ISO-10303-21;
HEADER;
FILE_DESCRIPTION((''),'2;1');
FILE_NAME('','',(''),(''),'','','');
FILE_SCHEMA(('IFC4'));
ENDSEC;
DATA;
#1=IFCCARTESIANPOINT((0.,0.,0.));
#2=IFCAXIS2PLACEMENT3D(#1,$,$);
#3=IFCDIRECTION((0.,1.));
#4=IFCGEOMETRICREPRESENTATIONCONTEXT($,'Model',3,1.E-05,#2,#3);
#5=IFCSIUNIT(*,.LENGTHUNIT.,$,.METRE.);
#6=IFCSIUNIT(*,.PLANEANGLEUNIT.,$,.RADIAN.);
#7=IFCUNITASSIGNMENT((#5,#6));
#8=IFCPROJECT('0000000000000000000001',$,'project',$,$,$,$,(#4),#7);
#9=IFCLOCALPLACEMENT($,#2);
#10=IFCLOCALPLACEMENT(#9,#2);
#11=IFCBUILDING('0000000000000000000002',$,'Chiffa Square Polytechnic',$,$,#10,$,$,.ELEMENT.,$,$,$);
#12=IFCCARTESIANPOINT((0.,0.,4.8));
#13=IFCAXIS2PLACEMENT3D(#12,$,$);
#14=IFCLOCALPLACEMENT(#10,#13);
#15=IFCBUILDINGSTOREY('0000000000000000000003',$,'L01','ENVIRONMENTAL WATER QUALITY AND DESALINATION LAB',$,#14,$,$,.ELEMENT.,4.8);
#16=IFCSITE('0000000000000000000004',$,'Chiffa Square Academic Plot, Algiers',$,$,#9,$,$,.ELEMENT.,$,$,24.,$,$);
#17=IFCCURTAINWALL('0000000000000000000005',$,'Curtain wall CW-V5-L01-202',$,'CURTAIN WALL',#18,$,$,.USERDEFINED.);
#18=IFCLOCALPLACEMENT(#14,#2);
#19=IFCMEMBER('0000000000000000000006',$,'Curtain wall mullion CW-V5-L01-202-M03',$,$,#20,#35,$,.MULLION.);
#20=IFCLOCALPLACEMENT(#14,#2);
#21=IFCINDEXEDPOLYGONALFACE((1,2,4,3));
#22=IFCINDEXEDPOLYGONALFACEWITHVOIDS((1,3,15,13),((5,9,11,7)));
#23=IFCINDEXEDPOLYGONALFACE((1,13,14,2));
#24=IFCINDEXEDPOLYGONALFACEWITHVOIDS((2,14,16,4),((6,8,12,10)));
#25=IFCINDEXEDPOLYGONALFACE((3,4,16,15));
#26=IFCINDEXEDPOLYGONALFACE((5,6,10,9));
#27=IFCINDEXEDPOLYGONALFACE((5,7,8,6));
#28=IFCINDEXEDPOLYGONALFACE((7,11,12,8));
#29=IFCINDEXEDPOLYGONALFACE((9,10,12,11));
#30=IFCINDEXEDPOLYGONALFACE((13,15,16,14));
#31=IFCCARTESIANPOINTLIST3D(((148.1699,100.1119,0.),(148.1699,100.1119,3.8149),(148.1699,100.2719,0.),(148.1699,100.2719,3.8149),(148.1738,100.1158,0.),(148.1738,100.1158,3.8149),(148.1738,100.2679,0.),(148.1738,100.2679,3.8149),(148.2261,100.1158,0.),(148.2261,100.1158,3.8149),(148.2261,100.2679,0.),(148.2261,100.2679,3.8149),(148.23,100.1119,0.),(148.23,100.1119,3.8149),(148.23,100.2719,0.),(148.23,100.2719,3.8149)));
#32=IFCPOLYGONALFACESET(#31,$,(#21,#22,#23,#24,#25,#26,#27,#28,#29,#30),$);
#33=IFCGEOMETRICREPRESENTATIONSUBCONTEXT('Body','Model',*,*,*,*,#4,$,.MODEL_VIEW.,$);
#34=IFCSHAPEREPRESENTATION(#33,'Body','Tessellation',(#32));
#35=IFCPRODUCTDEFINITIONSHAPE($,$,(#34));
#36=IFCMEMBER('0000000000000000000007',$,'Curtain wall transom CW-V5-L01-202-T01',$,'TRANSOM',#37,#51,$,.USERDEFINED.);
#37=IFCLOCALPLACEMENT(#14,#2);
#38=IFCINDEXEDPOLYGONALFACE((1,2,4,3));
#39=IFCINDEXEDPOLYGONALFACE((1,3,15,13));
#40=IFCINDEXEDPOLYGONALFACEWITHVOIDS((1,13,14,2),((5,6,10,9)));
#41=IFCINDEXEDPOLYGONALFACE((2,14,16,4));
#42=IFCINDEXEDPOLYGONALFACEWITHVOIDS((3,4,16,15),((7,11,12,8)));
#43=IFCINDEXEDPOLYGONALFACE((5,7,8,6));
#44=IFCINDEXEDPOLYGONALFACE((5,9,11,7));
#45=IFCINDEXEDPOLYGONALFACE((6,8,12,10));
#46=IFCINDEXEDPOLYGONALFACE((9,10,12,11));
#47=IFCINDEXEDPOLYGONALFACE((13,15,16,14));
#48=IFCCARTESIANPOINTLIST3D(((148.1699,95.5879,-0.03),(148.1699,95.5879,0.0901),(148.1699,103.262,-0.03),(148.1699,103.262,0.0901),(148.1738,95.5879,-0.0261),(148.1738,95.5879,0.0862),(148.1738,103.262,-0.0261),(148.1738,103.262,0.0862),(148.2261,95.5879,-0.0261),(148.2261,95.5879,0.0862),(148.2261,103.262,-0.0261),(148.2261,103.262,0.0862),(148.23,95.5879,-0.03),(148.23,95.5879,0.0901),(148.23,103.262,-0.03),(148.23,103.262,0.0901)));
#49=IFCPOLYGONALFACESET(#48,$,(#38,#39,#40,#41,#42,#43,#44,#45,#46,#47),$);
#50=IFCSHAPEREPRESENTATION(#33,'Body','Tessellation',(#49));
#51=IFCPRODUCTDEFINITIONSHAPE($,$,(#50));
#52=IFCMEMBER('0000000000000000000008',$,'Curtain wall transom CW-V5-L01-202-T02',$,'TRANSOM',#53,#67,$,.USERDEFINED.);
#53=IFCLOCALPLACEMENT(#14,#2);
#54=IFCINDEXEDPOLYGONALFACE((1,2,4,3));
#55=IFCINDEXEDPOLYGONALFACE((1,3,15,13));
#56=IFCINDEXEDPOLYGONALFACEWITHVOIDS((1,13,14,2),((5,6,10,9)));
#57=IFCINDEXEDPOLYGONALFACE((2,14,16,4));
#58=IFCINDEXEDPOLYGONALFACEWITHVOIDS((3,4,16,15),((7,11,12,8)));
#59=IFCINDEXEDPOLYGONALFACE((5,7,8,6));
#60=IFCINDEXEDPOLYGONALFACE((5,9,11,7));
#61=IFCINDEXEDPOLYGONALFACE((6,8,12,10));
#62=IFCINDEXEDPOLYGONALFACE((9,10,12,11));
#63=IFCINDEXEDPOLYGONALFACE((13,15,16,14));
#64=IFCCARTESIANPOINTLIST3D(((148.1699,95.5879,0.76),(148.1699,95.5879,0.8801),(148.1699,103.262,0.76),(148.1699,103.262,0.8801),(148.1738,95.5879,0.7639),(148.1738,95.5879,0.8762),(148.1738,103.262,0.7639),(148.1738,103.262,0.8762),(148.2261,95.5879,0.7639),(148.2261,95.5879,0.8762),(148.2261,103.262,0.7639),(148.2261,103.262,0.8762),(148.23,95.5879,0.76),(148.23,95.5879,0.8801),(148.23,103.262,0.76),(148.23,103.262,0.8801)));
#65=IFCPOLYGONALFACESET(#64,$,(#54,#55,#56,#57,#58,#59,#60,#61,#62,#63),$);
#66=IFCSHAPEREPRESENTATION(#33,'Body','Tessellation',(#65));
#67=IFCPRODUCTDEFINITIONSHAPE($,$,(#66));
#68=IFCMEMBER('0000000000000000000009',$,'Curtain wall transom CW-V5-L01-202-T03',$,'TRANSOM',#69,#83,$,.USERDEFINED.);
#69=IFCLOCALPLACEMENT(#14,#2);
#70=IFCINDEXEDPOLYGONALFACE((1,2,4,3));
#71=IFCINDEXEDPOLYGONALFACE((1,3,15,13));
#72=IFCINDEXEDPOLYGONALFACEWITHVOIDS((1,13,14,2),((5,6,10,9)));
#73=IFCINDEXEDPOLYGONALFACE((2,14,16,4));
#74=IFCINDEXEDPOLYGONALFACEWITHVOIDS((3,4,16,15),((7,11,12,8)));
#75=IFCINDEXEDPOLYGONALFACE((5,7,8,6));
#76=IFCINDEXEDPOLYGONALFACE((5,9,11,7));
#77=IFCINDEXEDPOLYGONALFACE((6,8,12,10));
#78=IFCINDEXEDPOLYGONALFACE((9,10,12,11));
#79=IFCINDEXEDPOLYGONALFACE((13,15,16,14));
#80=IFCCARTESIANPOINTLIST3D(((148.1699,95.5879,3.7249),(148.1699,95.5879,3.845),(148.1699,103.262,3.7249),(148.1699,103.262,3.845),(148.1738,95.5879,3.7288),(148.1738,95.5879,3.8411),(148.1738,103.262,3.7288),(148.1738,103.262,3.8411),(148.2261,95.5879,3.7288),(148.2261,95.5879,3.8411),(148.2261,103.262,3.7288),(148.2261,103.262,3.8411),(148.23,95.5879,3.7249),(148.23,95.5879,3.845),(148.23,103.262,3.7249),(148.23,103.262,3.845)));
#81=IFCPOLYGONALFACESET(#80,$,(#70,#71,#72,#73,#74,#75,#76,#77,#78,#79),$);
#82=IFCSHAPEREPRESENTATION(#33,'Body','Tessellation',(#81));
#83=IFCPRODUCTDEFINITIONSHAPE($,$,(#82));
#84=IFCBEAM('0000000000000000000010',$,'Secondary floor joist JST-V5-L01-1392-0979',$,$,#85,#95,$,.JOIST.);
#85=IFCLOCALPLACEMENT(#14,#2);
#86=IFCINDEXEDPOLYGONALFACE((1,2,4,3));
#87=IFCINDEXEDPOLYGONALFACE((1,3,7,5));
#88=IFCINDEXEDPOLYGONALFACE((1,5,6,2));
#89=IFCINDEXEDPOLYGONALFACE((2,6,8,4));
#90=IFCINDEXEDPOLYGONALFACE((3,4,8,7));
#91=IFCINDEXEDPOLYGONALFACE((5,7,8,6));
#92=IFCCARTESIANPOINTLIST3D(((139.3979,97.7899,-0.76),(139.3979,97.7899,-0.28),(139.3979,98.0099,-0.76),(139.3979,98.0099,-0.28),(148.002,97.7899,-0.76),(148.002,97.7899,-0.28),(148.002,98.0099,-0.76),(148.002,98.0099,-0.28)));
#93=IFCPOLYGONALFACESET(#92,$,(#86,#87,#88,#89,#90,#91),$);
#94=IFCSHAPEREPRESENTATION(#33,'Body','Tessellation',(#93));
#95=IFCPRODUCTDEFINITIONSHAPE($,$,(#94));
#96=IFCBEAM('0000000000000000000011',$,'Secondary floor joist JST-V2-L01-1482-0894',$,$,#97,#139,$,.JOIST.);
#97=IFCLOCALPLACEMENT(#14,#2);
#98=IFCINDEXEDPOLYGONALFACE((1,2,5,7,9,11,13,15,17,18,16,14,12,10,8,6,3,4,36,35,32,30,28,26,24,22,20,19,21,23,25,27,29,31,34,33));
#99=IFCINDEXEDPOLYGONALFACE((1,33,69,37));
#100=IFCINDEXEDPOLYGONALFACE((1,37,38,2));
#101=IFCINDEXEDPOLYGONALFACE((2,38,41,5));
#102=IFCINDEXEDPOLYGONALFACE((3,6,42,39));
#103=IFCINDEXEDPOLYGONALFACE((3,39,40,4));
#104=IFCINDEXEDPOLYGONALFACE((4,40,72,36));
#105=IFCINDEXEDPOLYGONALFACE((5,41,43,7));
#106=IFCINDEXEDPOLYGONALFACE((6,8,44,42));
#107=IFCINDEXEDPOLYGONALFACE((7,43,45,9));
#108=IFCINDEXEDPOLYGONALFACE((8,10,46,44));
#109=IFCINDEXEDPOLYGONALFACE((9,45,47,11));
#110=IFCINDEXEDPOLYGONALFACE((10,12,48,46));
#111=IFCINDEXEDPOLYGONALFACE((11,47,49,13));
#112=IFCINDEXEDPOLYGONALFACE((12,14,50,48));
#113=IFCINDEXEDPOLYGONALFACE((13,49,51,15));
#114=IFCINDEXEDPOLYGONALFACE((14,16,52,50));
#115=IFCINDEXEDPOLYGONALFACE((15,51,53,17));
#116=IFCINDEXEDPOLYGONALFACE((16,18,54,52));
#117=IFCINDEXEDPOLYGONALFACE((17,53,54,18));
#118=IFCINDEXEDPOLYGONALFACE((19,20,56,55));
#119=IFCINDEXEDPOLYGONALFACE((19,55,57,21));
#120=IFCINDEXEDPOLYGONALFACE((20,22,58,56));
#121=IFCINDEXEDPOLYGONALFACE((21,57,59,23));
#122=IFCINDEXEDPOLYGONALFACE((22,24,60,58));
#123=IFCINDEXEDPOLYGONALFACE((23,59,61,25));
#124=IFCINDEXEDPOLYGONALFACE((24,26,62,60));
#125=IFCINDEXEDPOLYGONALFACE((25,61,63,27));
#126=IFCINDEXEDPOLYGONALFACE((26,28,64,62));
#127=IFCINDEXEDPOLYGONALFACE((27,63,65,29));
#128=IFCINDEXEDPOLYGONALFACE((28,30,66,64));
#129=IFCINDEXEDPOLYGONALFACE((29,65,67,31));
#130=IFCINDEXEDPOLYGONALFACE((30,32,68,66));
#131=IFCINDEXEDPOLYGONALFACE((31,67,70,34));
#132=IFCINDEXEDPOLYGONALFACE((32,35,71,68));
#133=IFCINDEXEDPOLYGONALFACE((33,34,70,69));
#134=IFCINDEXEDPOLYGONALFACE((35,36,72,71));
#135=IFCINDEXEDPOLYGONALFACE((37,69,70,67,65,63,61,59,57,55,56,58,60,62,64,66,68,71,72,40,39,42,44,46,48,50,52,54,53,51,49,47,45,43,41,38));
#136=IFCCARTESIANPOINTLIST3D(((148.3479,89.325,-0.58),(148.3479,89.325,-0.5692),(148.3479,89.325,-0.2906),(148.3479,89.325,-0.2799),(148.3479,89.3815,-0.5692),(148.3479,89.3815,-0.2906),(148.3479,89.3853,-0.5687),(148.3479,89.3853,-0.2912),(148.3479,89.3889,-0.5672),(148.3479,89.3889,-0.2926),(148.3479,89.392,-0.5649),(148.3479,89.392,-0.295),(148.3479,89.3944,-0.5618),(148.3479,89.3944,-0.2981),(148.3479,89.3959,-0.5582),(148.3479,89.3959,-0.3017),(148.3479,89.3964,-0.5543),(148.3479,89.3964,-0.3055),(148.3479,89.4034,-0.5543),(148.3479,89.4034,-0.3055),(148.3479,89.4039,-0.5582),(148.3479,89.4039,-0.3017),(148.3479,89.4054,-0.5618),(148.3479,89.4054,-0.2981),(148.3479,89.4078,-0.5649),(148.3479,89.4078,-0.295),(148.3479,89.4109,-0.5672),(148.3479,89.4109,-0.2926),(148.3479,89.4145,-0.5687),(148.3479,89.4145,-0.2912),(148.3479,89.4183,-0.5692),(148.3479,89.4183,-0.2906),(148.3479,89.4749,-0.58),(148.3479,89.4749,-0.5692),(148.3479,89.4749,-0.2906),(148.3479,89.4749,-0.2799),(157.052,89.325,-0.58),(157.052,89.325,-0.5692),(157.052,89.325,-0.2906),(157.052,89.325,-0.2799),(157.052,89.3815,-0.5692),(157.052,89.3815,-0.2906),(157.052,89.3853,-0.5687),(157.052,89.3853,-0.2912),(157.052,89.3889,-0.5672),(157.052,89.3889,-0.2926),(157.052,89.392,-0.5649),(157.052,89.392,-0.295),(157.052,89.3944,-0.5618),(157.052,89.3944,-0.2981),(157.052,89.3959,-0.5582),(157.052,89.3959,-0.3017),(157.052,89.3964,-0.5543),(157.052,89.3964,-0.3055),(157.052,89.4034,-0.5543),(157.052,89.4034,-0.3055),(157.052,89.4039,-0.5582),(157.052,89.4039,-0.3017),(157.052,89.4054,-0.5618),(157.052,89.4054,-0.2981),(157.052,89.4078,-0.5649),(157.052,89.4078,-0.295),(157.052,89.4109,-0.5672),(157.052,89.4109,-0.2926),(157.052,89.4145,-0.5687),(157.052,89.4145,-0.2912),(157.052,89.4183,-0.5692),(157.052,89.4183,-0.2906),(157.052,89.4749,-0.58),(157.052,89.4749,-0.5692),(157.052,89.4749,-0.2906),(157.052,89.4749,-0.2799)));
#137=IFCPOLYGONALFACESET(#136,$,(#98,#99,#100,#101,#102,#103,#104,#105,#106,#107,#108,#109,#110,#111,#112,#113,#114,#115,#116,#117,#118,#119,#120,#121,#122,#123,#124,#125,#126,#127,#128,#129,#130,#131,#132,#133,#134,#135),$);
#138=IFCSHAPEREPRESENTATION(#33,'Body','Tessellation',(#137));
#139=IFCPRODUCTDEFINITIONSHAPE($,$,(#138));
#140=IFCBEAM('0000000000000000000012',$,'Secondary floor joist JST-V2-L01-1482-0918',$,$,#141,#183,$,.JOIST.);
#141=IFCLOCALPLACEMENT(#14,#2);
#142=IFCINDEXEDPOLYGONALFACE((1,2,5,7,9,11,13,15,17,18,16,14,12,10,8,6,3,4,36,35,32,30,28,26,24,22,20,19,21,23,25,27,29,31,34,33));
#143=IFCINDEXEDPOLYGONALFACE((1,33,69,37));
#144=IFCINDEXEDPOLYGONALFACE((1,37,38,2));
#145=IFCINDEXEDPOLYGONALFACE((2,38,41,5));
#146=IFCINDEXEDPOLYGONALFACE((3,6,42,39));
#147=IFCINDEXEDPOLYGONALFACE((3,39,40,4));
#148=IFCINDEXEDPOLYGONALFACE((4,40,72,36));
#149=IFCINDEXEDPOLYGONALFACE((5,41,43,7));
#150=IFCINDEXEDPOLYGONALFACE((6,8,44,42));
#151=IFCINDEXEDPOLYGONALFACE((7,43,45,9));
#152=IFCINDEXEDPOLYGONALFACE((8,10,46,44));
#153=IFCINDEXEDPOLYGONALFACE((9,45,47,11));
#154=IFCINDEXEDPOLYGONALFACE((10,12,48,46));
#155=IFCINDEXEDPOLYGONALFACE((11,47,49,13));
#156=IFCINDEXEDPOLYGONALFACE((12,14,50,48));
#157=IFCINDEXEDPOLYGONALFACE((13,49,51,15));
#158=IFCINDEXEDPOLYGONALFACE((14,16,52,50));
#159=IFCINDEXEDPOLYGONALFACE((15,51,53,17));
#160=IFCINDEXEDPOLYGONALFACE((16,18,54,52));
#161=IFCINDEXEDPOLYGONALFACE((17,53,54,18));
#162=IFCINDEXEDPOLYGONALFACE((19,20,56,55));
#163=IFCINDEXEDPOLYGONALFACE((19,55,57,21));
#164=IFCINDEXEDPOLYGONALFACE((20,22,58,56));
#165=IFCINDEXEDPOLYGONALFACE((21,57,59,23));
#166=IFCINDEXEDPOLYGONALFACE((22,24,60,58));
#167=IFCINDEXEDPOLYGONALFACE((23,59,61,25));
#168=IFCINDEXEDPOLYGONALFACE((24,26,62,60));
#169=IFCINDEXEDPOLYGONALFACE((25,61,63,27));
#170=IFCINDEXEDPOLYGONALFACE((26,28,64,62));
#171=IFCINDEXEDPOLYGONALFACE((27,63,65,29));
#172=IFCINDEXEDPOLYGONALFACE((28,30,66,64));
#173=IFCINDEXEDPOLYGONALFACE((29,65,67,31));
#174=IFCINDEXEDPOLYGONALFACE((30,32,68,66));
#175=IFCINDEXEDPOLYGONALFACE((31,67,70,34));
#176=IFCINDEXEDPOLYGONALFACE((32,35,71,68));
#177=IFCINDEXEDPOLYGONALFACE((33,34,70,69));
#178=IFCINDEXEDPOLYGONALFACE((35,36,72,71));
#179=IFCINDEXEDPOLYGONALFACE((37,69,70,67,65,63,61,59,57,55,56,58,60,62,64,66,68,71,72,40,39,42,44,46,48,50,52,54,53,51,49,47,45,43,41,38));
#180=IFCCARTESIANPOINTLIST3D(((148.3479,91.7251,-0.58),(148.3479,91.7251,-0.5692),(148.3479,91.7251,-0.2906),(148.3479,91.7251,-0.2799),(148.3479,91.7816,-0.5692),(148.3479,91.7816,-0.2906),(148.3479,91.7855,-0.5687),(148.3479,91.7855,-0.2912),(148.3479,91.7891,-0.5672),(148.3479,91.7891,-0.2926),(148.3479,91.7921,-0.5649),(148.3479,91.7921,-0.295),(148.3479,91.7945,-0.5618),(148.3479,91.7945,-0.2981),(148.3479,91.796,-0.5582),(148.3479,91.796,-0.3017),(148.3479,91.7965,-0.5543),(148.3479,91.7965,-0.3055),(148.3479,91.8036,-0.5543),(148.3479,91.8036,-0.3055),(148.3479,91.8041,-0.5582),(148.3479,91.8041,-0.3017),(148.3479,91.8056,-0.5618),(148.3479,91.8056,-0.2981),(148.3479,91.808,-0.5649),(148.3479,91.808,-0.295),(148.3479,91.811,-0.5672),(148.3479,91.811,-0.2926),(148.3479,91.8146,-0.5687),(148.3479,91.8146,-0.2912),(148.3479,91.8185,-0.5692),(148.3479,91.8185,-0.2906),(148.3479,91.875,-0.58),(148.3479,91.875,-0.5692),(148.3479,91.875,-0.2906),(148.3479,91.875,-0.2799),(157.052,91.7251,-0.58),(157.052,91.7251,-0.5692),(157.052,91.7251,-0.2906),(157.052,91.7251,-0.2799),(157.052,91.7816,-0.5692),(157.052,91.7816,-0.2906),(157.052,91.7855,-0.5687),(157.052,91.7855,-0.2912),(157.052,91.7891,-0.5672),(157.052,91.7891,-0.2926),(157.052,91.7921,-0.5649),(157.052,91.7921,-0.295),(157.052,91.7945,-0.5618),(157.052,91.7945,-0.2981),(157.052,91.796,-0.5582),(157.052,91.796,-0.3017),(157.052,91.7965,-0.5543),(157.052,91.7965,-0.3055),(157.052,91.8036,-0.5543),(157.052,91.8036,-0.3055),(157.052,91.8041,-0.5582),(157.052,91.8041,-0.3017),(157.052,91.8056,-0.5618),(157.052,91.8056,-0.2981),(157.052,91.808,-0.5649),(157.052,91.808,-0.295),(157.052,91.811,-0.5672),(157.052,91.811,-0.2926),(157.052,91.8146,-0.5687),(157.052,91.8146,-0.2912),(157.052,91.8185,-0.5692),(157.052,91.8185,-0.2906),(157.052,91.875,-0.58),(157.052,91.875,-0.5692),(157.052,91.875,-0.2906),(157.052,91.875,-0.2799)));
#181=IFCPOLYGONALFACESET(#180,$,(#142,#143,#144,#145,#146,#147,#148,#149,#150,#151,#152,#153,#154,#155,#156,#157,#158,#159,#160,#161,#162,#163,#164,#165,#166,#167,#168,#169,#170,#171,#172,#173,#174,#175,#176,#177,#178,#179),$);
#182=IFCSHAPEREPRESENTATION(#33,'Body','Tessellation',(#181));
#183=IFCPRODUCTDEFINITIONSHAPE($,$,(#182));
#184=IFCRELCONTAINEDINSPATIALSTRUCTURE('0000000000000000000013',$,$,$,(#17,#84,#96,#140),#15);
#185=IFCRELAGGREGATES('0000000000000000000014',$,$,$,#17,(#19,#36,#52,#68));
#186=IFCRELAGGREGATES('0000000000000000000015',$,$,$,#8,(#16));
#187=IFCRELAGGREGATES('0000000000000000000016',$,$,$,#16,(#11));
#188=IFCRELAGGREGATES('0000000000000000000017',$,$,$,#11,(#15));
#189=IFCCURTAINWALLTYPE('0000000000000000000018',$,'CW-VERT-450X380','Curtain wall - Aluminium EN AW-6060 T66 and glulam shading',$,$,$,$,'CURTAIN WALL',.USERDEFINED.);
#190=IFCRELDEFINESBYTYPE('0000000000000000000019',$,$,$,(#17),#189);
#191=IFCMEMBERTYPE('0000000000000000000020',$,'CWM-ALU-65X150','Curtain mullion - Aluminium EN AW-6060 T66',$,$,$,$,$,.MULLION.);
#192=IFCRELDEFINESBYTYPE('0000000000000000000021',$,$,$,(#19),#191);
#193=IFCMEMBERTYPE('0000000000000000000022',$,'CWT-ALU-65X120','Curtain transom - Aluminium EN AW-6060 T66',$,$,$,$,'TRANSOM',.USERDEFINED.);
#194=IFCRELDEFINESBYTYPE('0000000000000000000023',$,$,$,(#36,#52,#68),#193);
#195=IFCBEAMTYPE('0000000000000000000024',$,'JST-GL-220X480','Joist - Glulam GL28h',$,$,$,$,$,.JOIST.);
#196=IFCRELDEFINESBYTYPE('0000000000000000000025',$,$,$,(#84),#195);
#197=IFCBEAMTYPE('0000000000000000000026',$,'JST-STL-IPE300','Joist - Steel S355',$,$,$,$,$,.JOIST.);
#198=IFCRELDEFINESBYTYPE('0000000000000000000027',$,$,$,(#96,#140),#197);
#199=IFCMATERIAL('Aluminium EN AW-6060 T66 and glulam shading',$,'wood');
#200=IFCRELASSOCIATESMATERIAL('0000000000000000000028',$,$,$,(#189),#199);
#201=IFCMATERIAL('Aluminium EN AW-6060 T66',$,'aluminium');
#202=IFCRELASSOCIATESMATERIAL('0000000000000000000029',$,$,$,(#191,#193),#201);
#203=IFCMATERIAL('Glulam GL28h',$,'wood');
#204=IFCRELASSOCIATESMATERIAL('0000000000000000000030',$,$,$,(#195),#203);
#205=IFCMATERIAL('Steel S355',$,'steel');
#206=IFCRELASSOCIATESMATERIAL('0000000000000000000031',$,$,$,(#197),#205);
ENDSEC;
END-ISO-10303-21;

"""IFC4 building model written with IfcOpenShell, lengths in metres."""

from ifc_helpers import new_model, si_unit, direction, frame, origin, origin_2d, place, context, subcontext, project, spatial, rectangle, hollow_rectangle, i_section, extrude, material, material_profile, profile_set, type_object, element, aggregate, save


model = new_model("IFC4")

# Units and contexts
model_context = context("Model", 3, precision=1e-05, world=origin(), true_north=direction((0.0, 1.0)))
body_context = subcontext(model_context, "Body", "Model", "MODEL_VIEW")
ifc_project = project(units=[si_unit("LENGTHUNIT", "METRE"), si_unit("PLANEANGLEUNIT", "RADIAN")], contexts=[model_context])

# Site, building, storey
site_placement = place(None, origin())
site = spatial("IfcSite", under=ifc_project, at=site_placement, Name="Chiffa Square Academic Plot, Algiers", CompositionType="ELEMENT", RefElevation=24.0)
building_placement = place(site_placement, origin())
building = spatial("IfcBuilding", under=site, at=building_placement, Name="Chiffa Square Polytechnic", CompositionType="ELEMENT")
storey_placement = place(building_placement, frame((0.0, 0.0, 4.8)))
storey = spatial("IfcBuildingStorey", under=building, at=storey_placement, Name="L01", Description="ENVIRONMENTAL WATER QUALITY AND DESALINATION LAB", CompositionType="ELEMENT", Elevation=4.8)

# Shared definitions
ifc_material_1 = material(Name="Steel S355", Category="steel")

# Curtain wall, members
ifc_material_2 = material(Name="Aluminium EN AW-6060 T66 and glulam shading", Category="wood")
curtain_wall_type = type_object("IfcCurtainWallType", Name="CW-VERT-450X380", Description="Curtain wall - Aluminium EN AW-6060 T66 and glulam shading", ElementType="CURTAIN WALL", PredefinedType="USERDEFINED", material=ifc_material_2)
curtain_wall_placement = place(storey_placement, origin())
curtain_wall = element("IfcCurtainWall", 1, at=curtain_wall_placement, inside=storey, type_object=curtain_wall_type, Name="Curtain wall CW-V5-L01-202", ObjectType="CURTAIN WALL", PredefinedType="USERDEFINED")
ifc_material_3 = material(Name="Aluminium EN AW-6060 T66", Category="aluminium")
ifc_material_profile_1 = material_profile(ifc_material_3, hollow_rectangle(XDim=0.0601, YDim=0.1599, WallThickness=0.0039, at=origin_2d()), Name="ALU 60x160x4")
ifc_profile_set_1 = profile_set([ifc_material_profile_1], Name="Aluminium EN AW-6060 T66")
member_type_1 = type_object("IfcMemberType", Name="CWM-ALU-65X150", Description="Curtain mullion - Aluminium EN AW-6060 T66", PredefinedType="MULLION", material=ifc_profile_set_1)
member_1_placement = place(storey_placement, frame((148.2, 100.1919, 0.0), z_axis=(0.0, 0.0, 1.0), x_axis=(1.0, 0.0, 0.0)))
member_1 = element("IfcMember", 2, at=member_1_placement, type_object=member_type_1, Name="Curtain wall mullion CW-V5-L01-202-M03", PredefinedType="MULLION", context=body_context, shape_type="SweptSolid", body=[
    extrude(hollow_rectangle(XDim=0.0601, YDim=0.1599, WallThickness=0.0039, at=origin_2d()), origin(), (0.0, 0.0, 1.0), 3.8149),
])
ifc_material_profile_2 = material_profile(ifc_material_3, hollow_rectangle(XDim=0.0601, YDim=0.1201, WallThickness=0.0039, at=origin_2d()), Name="ALU 60x120x4")
ifc_profile_set_2 = profile_set([ifc_material_profile_2], Name="Aluminium EN AW-6060 T66")
member_type_2 = type_object("IfcMemberType", Name="CWT-ALU-65X120", Description="Curtain transom - Aluminium EN AW-6060 T66", ElementType="TRANSOM", PredefinedType="USERDEFINED", material=ifc_profile_set_2)
member_2_placement = place(storey_placement, frame((148.2, 95.5879, 0.03), z_axis=(0.0, 1.0, 0.0), x_axis=(-1.0, 0.0, 0.0)))
member_2 = element("IfcMember", 3, at=member_2_placement, type_object=member_type_2, Name="Curtain wall transom CW-V5-L01-202-T01", ObjectType="TRANSOM", PredefinedType="USERDEFINED", context=body_context, shape_type="SweptSolid", body=[
    extrude(hollow_rectangle(XDim=0.0601, YDim=0.1201, WallThickness=0.0039, at=origin_2d()), origin(), (0.0, 0.0, 1.0), 7.6741),
])
member_3_placement = place(storey_placement, frame((148.2, 95.5879, 0.8201), z_axis=(0.0, 1.0, 0.0), x_axis=(-1.0, 0.0, 0.0)))
member_3 = element("IfcMember", 4, at=member_3_placement, type_object=member_type_2, Name="Curtain wall transom CW-V5-L01-202-T02", ObjectType="TRANSOM", PredefinedType="USERDEFINED", context=body_context, shape_type="SweptSolid", body=[
    extrude(hollow_rectangle(XDim=0.0601, YDim=0.1201, WallThickness=0.0039, at=origin_2d()), origin(), (0.0, 0.0, 1.0), 7.6741),
])
member_4_placement = place(storey_placement, frame((148.2, 95.5879, 3.7849), z_axis=(0.0, 1.0, 0.0), x_axis=(-1.0, 0.0, 0.0)))
member_4 = element("IfcMember", 5, at=member_4_placement, type_object=member_type_2, Name="Curtain wall transom CW-V5-L01-202-T03", ObjectType="TRANSOM", PredefinedType="USERDEFINED", context=body_context, shape_type="SweptSolid", body=[
    extrude(hollow_rectangle(XDim=0.0601, YDim=0.1201, WallThickness=0.0039, at=origin_2d()), origin(), (0.0, 0.0, 1.0), 7.6741),
])

# Beams
ifc_material_4 = material(Name="Glulam GL28h", Category="wood")
ifc_material_profile_3 = material_profile(ifc_material_4, rectangle(XDim=0.22, YDim=0.48, at=origin_2d()), Name="GL28h 220x480")
ifc_profile_set_3 = profile_set([ifc_material_profile_3], Name="Glulam GL28h")
beam_type_1 = type_object("IfcBeamType", Name="JST-GL-220X480", Description="Joist - Glulam GL28h", PredefinedType="JOIST", material=ifc_profile_set_3)
beam_1_placement = place(storey_placement, frame((139.3979, 97.8999, -0.52), z_axis=(1.0, 0.0, 0.0), x_axis=(0.0, 1.0, 0.0)))
element("IfcBeam", 6, at=beam_1_placement, inside=storey, type_object=beam_type_1, Name="Secondary floor joist JST-V5-L01-1392-0979", PredefinedType="JOIST", context=body_context, shape_type="SweptSolid", body=[
    extrude(rectangle(XDim=0.22, YDim=0.48, at=origin_2d()), origin(), (0.0, 0.0, 1.0), 8.604),
])
ifc_material_profile_4 = material_profile(ifc_material_1, i_section(OverallWidth=0.1499, OverallDepth=0.3, WebThickness=0.0071, FlangeThickness=0.0107, FilletRadius=0.0149, at=origin_2d()), Name="IPE 300")
ifc_profile_set_4 = profile_set([ifc_material_profile_4], Name="Steel S355")
beam_type_2 = type_object("IfcBeamType", Name="JST-STL-IPE300", Description="Joist - Steel S355", PredefinedType="JOIST", material=ifc_profile_set_4)
for number, where, z_axis, x_axis, name in (
    (7, (148.3479, 89.3999, -0.4299), (1.0, 0.0, 0.0), (0.0, 1.0, 0.0), "Secondary floor joist JST-V2-L01-1482-0894"),
    (8, (148.3479, 91.8, -0.4299), (1.0, 0.0, 0.0), (0.0, 1.0, 0.0), "Secondary floor joist JST-V2-L01-1482-0918"),
):
    element("IfcBeam", number, at=place(storey_placement, frame(where, z_axis=z_axis, x_axis=x_axis)), inside=storey, type_object=beam_type_2, Name=name, PredefinedType="JOIST", context=body_context, shape_type="SweptSolid", body=[
        extrude(i_section(OverallWidth=0.1499, OverallDepth=0.3, WebThickness=0.0071, FlangeThickness=0.0107, FilletRadius=0.0149, at=origin_2d()), origin(), (0.0, 0.0, 1.0), 8.7041),
    ])

aggregate(curtain_wall, [member_1, member_2, member_3, member_4])

save(model, "model.ifc")
